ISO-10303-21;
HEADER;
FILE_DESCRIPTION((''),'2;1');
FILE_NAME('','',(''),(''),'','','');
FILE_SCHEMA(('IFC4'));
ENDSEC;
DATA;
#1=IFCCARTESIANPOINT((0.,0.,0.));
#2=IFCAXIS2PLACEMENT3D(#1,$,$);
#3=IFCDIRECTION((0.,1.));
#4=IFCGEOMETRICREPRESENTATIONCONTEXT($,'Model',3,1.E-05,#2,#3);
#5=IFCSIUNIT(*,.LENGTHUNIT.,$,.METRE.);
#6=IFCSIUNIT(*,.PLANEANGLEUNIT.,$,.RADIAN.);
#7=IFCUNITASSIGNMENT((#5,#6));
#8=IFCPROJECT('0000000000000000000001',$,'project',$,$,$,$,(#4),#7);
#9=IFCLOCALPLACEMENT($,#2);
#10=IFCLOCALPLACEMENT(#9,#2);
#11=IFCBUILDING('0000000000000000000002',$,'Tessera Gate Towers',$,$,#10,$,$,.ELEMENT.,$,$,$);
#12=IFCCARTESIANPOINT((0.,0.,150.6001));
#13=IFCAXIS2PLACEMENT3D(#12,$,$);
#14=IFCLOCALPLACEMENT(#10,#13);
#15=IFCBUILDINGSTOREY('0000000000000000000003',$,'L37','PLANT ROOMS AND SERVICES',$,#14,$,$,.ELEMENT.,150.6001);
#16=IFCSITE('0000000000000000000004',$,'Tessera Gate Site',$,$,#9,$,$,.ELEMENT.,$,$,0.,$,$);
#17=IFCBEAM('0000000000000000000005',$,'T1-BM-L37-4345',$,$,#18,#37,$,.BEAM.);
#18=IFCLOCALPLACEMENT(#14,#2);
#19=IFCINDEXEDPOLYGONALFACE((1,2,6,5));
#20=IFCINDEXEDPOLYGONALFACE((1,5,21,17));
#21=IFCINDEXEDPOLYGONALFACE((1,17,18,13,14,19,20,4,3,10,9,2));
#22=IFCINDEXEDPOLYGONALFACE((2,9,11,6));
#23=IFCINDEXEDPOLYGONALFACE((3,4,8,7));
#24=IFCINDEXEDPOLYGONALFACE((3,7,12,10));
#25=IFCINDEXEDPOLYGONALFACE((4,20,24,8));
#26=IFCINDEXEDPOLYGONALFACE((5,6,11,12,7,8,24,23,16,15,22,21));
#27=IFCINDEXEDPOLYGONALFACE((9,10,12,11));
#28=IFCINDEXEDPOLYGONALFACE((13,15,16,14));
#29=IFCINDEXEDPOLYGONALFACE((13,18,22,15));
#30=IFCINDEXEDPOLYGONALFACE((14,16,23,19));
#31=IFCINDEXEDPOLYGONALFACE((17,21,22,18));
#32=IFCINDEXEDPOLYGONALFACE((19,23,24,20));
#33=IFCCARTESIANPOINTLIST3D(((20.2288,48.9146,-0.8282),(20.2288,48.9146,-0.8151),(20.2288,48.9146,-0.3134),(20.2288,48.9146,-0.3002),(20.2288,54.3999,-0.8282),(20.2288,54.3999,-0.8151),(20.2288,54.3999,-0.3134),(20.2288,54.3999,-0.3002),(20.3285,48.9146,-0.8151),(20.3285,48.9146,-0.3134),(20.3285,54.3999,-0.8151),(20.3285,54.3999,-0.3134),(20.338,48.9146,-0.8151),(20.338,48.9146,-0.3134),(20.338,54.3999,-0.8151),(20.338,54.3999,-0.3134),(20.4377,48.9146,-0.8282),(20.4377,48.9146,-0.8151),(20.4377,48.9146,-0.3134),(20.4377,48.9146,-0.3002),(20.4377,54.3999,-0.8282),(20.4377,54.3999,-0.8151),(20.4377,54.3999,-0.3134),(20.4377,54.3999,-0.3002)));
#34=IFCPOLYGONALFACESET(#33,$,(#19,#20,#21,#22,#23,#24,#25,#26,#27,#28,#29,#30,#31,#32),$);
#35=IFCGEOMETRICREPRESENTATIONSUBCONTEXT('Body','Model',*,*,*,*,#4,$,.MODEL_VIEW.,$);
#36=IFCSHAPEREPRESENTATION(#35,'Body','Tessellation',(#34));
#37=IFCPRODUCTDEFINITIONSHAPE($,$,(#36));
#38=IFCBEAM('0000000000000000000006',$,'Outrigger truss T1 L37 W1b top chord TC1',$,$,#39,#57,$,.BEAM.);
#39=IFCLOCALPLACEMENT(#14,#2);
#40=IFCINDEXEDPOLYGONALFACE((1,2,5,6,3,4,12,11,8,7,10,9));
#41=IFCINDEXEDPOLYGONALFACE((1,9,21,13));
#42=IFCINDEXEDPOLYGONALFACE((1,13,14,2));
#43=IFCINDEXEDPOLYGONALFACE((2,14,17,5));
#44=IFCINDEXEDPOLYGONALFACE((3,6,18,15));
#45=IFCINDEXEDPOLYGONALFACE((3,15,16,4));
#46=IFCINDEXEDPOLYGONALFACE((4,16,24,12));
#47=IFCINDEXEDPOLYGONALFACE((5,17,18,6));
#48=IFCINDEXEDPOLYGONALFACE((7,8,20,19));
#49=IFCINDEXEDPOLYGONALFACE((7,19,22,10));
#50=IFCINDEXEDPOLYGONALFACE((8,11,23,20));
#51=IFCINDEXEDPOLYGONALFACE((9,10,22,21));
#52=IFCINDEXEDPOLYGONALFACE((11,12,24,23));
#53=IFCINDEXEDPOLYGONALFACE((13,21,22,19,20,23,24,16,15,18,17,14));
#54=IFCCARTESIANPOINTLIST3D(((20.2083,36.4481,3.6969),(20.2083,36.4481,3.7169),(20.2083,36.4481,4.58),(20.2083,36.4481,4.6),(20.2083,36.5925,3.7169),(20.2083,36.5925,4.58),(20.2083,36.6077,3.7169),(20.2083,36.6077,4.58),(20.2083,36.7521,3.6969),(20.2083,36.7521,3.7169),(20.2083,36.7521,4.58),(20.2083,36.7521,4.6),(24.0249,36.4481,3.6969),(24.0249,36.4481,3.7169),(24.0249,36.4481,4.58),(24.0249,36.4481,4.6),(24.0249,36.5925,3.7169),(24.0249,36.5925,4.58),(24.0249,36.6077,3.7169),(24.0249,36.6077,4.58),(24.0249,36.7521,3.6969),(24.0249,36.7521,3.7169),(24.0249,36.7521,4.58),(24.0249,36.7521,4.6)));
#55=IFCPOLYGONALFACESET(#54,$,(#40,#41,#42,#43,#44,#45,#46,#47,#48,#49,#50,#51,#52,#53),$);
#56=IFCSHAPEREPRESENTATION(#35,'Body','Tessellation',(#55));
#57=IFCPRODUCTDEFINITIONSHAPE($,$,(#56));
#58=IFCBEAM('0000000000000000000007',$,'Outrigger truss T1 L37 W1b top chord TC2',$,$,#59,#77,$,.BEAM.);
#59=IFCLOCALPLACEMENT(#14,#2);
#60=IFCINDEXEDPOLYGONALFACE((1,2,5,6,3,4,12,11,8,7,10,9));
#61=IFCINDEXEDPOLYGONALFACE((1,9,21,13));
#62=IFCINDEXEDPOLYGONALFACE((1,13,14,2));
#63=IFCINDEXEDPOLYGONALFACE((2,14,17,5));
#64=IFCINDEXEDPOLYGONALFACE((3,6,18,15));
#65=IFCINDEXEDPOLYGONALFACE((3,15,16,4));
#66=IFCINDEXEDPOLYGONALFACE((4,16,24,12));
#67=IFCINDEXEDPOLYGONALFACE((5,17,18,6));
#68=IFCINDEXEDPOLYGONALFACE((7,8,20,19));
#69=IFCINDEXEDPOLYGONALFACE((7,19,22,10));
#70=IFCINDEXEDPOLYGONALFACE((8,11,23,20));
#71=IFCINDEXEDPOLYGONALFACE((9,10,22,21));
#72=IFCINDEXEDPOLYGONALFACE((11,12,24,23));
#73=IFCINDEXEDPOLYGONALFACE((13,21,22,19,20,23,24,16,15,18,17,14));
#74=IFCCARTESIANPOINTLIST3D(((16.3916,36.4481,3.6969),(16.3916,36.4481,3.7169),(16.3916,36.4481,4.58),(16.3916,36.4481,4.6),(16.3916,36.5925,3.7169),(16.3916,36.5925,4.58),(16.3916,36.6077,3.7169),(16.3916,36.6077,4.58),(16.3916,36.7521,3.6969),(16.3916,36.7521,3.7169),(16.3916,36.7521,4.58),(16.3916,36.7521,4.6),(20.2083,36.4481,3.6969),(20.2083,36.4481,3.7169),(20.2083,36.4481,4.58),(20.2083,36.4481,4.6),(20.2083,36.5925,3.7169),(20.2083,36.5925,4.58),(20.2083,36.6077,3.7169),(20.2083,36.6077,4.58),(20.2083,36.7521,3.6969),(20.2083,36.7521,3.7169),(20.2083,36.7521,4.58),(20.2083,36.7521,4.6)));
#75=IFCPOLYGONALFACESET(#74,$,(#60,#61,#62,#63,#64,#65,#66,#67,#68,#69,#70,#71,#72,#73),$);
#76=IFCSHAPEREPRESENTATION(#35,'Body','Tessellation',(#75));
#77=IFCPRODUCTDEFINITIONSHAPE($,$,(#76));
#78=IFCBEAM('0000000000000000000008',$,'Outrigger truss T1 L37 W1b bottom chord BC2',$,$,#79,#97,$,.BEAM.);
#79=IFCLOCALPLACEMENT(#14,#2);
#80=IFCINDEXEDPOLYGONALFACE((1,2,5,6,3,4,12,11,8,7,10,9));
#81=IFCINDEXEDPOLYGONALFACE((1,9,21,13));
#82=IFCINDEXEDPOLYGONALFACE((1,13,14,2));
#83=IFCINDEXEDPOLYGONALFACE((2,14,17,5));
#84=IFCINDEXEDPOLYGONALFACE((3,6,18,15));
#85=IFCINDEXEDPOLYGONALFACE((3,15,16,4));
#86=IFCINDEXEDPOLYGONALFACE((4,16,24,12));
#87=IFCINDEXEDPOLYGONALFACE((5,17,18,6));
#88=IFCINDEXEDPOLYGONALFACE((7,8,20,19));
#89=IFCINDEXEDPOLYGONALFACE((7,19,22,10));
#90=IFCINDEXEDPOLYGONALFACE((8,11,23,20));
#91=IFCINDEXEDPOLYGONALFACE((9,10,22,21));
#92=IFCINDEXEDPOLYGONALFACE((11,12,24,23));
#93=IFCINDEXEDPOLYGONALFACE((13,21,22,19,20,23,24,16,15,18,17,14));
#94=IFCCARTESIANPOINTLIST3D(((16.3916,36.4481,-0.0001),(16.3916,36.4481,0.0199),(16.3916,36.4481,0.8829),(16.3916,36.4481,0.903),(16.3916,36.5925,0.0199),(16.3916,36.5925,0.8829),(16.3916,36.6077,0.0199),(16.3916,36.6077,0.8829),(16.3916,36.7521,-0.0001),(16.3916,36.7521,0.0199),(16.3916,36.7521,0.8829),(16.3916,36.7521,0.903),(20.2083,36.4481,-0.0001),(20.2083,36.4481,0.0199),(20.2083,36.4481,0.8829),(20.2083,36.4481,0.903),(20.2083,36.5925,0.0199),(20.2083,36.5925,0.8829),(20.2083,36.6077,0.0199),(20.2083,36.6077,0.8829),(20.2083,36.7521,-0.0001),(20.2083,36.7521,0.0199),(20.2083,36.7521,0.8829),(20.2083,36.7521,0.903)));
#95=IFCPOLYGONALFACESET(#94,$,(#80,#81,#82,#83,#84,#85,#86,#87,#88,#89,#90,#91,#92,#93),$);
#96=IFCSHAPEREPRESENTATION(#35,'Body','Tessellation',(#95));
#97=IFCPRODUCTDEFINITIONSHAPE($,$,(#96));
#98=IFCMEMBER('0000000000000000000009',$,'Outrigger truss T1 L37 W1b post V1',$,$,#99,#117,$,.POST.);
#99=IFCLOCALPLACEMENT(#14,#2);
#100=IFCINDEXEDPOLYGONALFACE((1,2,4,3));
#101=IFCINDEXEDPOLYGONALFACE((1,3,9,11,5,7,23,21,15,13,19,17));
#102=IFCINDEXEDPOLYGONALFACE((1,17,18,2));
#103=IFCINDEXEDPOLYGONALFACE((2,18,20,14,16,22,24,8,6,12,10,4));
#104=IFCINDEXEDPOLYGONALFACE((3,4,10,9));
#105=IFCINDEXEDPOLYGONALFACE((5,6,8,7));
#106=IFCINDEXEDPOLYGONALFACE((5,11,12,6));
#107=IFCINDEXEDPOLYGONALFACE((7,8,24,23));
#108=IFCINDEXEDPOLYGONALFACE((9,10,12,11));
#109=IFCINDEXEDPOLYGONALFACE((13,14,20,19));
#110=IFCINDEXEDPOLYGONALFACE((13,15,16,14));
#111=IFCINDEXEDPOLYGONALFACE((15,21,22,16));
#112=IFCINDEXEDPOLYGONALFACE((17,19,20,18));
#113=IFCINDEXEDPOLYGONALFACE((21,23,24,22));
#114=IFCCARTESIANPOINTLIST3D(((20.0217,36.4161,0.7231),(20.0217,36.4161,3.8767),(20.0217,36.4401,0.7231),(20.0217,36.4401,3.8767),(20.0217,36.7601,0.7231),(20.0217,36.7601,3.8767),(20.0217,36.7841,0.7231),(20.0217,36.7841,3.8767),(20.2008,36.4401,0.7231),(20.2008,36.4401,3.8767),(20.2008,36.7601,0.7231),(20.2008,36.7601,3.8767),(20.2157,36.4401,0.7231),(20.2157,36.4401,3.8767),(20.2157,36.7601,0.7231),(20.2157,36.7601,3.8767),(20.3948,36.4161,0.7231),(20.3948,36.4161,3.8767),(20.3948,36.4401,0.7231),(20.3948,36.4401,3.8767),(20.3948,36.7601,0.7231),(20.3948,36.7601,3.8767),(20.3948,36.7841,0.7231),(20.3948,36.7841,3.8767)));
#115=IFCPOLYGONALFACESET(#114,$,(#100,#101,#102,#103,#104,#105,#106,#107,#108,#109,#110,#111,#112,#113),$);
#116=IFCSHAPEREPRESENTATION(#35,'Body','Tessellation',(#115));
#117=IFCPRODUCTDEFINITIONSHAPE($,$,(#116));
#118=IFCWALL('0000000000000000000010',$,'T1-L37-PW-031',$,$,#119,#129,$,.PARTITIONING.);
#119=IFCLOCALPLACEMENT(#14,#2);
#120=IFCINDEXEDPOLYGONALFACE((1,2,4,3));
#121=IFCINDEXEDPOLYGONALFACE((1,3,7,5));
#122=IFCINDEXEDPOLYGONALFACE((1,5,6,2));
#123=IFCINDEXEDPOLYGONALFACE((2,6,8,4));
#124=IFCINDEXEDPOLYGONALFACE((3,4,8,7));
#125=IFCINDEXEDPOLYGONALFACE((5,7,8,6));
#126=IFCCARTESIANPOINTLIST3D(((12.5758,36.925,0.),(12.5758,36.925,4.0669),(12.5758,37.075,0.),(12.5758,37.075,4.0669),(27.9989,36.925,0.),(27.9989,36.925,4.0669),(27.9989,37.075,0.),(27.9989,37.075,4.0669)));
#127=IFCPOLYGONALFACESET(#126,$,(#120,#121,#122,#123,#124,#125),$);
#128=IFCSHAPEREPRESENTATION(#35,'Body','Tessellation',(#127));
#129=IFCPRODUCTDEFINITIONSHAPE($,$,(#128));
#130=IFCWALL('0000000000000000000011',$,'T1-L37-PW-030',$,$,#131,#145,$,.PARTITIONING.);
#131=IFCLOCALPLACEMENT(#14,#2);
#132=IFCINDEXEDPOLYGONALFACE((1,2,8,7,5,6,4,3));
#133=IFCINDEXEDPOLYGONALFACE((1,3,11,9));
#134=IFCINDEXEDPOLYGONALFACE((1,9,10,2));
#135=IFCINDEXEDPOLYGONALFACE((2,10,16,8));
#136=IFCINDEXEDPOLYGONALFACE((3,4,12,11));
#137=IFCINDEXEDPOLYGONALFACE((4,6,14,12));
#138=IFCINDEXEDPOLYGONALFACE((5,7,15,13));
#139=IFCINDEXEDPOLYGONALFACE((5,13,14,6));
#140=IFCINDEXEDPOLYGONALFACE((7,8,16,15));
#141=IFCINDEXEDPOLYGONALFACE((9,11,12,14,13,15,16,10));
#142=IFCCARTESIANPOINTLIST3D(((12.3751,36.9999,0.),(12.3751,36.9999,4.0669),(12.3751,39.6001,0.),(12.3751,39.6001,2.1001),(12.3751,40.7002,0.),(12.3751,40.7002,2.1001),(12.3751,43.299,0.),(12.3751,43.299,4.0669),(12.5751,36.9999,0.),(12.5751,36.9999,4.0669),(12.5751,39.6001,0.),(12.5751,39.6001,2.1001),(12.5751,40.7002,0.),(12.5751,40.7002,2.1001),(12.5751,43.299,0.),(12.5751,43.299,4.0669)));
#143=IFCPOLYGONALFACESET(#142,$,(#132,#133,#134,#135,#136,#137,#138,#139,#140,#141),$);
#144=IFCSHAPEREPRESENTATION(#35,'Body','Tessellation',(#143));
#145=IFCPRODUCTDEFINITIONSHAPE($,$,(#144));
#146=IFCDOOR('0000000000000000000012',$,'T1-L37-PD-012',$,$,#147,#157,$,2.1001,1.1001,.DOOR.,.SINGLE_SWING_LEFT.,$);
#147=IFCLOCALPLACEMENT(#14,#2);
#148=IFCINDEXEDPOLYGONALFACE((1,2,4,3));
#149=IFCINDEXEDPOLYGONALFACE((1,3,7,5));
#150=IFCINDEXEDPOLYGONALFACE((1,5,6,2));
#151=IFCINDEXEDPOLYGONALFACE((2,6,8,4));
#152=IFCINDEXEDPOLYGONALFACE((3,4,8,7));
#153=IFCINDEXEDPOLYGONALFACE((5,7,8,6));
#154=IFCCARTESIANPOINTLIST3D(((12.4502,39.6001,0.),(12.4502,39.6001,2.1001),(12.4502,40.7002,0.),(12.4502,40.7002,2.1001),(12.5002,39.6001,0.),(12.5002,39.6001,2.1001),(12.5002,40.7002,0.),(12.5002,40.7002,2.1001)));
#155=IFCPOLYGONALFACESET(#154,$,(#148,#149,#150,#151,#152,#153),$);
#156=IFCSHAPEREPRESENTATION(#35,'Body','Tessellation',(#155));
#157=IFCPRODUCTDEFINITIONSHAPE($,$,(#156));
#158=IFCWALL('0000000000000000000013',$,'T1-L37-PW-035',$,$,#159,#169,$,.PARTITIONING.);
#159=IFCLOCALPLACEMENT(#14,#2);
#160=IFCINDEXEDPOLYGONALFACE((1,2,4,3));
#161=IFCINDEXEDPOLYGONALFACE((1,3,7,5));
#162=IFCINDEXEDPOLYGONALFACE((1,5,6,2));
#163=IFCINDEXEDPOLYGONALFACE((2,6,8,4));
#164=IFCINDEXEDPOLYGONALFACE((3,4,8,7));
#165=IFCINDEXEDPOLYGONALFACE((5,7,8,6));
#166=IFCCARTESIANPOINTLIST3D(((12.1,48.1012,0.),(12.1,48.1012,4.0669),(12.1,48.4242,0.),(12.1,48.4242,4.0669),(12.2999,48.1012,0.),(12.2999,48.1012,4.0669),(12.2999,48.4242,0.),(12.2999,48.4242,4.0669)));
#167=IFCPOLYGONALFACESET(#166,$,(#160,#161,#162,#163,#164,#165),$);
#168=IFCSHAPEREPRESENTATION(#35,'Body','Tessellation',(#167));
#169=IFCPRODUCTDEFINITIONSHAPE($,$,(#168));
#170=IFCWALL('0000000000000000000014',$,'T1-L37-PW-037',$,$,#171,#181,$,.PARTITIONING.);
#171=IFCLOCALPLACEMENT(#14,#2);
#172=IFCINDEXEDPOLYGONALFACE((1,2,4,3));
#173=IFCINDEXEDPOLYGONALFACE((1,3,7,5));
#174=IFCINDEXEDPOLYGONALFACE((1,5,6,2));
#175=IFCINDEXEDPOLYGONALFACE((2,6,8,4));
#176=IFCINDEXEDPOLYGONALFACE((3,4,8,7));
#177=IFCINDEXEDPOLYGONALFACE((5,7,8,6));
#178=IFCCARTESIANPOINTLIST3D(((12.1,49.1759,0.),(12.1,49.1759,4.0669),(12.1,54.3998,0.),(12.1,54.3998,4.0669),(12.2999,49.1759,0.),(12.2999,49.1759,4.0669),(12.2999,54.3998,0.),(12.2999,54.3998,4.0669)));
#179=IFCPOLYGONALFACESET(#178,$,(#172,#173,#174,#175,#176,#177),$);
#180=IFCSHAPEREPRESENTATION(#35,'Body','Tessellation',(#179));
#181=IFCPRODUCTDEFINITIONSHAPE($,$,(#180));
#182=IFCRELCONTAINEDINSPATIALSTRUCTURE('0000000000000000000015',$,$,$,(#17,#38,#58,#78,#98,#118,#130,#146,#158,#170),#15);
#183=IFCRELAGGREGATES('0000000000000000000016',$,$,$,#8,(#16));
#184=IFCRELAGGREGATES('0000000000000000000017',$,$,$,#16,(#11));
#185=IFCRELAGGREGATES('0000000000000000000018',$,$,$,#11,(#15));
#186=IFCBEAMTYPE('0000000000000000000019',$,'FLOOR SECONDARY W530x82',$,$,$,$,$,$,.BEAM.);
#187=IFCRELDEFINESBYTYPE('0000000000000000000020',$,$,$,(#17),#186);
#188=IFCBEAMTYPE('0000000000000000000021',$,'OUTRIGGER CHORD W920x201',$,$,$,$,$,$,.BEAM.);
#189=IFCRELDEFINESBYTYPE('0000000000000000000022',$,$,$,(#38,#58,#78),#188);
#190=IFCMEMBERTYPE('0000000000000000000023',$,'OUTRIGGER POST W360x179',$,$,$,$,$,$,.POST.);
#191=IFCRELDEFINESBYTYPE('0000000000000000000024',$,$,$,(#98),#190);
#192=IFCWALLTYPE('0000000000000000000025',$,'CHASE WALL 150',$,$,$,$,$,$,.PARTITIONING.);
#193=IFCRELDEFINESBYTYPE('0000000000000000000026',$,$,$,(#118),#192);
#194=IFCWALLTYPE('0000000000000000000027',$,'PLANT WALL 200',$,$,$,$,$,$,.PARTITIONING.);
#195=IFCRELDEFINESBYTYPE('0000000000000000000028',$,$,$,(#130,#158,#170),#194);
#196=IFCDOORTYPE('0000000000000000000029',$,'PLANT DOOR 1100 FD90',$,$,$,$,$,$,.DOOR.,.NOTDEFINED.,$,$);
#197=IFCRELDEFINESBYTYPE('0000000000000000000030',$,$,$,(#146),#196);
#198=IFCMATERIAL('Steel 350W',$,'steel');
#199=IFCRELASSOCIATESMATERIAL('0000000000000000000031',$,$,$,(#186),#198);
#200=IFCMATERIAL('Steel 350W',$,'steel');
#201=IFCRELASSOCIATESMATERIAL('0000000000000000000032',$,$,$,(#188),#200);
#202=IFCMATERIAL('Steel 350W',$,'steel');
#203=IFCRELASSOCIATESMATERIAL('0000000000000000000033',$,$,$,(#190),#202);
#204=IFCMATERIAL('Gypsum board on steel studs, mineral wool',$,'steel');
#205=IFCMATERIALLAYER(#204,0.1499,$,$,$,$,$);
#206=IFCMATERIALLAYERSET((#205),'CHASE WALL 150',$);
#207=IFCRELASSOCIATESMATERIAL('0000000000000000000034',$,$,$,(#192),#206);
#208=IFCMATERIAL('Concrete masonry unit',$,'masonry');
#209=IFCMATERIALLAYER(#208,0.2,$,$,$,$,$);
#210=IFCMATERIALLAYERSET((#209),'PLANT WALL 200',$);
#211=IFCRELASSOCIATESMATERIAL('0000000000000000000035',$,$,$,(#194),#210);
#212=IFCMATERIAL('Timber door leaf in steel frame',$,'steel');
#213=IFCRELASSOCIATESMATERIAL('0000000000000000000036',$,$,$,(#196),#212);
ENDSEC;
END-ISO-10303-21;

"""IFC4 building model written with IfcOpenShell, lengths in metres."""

from ifc_helpers import new_model, si_unit, direction, frame, frame_2d, origin, origin_2d, place, context, subcontext, project, spatial, rectangle, i_section, extrude, source, transform, mapped, material, layer, layer_set, material_profile, profile_set, type_object, element, fill, save


model = new_model("IFC4")

# Units and contexts
model_context = context("Model", 3, precision=1e-05, world=origin(), true_north=direction((0.0, 1.0)))
body_context = subcontext(model_context, "Body", "Model", "MODEL_VIEW")
ifc_project = project(units=[si_unit("LENGTHUNIT", "METRE"), si_unit("PLANEANGLEUNIT", "RADIAN")], contexts=[model_context])

# Site, building, storey
site_placement = place(None, origin())
site = spatial("IfcSite", under=ifc_project, at=site_placement, Name="Tessera Gate Site", CompositionType="ELEMENT", RefElevation=0.0)
building_placement = place(site_placement, origin())
building = spatial("IfcBuilding", under=site, at=building_placement, Name="Tessera Gate Towers", CompositionType="ELEMENT")
storey_placement = place(building_placement, frame((0.0, 0.0, 150.6001)))
storey = spatial("IfcBuildingStorey", under=building, at=storey_placement, Name="L37", Description="PLANT ROOMS AND SERVICES", CompositionType="ELEMENT", Elevation=150.6001)

# Beams
ifc_material_1 = material(Name="Steel 350W", Category="steel")
ifc_material_profile_1 = material_profile(ifc_material_1, i_section(OverallWidth=0.209, OverallDepth=0.5281, WebThickness=0.0095, FlangeThickness=0.0132, at=origin_2d()), Name="W530x82")
ifc_profile_set_1 = profile_set([ifc_material_profile_1], Name="Steel 350W")
beam_type_1 = type_object("IfcBeamType", Name="FLOOR SECONDARY W530x82", PredefinedType="BEAM", material=ifc_profile_set_1)
beam_1_placement = place(storey_placement, frame((20.3333, 48.9146, -0.5642), z_axis=(0.0, 1.0, 0.0), x_axis=(-1.0, 0.0, 0.0)))
element("IfcBeam", 1, at=beam_1_placement, inside=storey, type_object=beam_type_1, Name="T1-BM-L37-4345", PredefinedType="BEAM", context=body_context, shape_type="SweptSolid", body=[
    extrude(i_section(OverallWidth=0.209, OverallDepth=0.5281, WebThickness=0.0095, FlangeThickness=0.0132, at=origin_2d()), origin(), (0.0, 0.0, 1.0), 5.4854),
])
ifc_material_2 = material(Name="Steel 350W", Category="steel")
ifc_material_profile_2 = material_profile(ifc_material_2, i_section(OverallWidth=0.304, OverallDepth=0.9031, WebThickness=0.0151, FlangeThickness=0.02, at=origin_2d()), Name="W920x201")
ifc_profile_set_2 = profile_set([ifc_material_profile_2], Name="Steel 350W")
beam_type_2 = type_object("IfcBeamType", Name="OUTRIGGER CHORD W920x201", PredefinedType="BEAM", material=ifc_profile_set_2)
for number, where, z_axis, x_axis, name in (
    (2, (24.0249, 36.6001, 4.1484), (-1.0, 0.0, 0.0), (0.0, -1.0, 0.0), "Outrigger truss T1 L37 W1b top chord TC1"),
    (3, (20.2083, 36.6001, 4.1484), (-1.0, 0.0, 0.0), (0.0, -1.0, 0.0), "Outrigger truss T1 L37 W1b top chord TC2"),
    (4, (20.2083, 36.6001, 0.4514), (-1.0, 0.0, 0.0), (0.0, -1.0, 0.0), "Outrigger truss T1 L37 W1b bottom chord BC2"),
):
    element("IfcBeam", number, at=place(storey_placement, frame(where, z_axis=z_axis, x_axis=x_axis)), inside=storey, type_object=beam_type_2, Name=name, PredefinedType="BEAM", context=body_context, shape_type="SweptSolid", body=[
        extrude(i_section(OverallWidth=0.304, OverallDepth=0.9031, WebThickness=0.0151, FlangeThickness=0.02, at=origin_2d()), origin(), (0.0, 0.0, 1.0), 3.8167),
    ])

# Member
ifc_material_3 = material(Name="Steel 350W", Category="steel")
ifc_material_profile_3 = material_profile(ifc_material_3, i_section(OverallWidth=0.373, OverallDepth=0.3679, WebThickness=0.0149, FlangeThickness=0.0239, at=origin_2d()), Name="W360x179")
ifc_profile_set_3 = profile_set([ifc_material_profile_3], Name="Steel 350W")
member_type = type_object("IfcMemberType", Name="OUTRIGGER POST W360x179", PredefinedType="POST", material=ifc_profile_set_3)
member_placement = place(storey_placement, frame((20.2083, 36.6001, 0.7231), z_axis=(0.0, 0.0, 1.0), x_axis=(1.0, 0.0, 0.0)))
element("IfcMember", 5, at=member_placement, inside=storey, type_object=member_type, Name="Outrigger truss T1 L37 W1b post V1", PredefinedType="POST", context=body_context, shape_type="SweptSolid", body=[
    extrude(i_section(OverallWidth=0.373, OverallDepth=0.3679, WebThickness=0.0149, FlangeThickness=0.0239, at=origin_2d()), origin(), (0.0, 0.0, 1.0), 3.1536),
])

# Wall
ifc_material_4 = material(Name="Gypsum board on steel studs, mineral wool", Category="steel")
ifc_layer_1 = layer(ifc_material_4, 0.1499)
ifc_layer_set_1 = layer_set([ifc_layer_1], Name="CHASE WALL 150")
wall_type_1 = type_object("IfcWallType", Name="CHASE WALL 150", PredefinedType="PARTITIONING", material=ifc_layer_set_1)
wall_1_placement = place(storey_placement, frame((12.5759, 37.0, 0.0), z_axis=(0.0, 0.0, 1.0), x_axis=(1.0, 0.0, 0.0)))
element("IfcWall", 6, at=wall_1_placement, inside=storey, type_object=wall_type_1, Name="T1-L37-PW-031", PredefinedType="PARTITIONING", context=body_context, shape_type="SweptSolid", body=[
    extrude(rectangle(XDim=15.4231, YDim=0.1499, at=frame_2d((7.7114, 0.0))), origin(), (0.0, 0.0, 1.0), 4.0669),
])

# Wall, opening, door
ifc_material_5 = material(Name="Concrete masonry unit", Category="masonry")
ifc_layer_2 = layer(ifc_material_5, 0.2)
ifc_layer_set_2 = layer_set([ifc_layer_2], Name="PLANT WALL 200")
wall_type_2 = type_object("IfcWallType", Name="PLANT WALL 200", PredefinedType="PARTITIONING", material=ifc_layer_set_2)
wall_2_placement = place(storey_placement, frame((12.4751, 37.0, 0.0), z_axis=(0.0, 0.0, 1.0), x_axis=(0.0, 1.0, 0.0)))
wall_2 = element("IfcWall", 7, at=wall_2_placement, inside=storey, type_object=wall_type_2, Name="T1-L37-PW-030", PredefinedType="PARTITIONING", context=body_context, shape_type="SweptSolid", body=[
    extrude(rectangle(XDim=6.2991, YDim=0.2, at=frame_2d((3.1494, 0.0))), origin(), (0.0, 0.0, 1.0), 4.0669),
])
shared_shape_1 = source(origin(), body_context, "Body", "SweptSolid", [
    extrude(rectangle(XDim=1.1001, YDim=2.1001, at=frame_2d((0.55, 1.05))), frame((0.0, 0.1099, 0.0), z_axis=(0.0, -1.0, 0.0), x_axis=(1.0, 0.0, 0.0)), (0.0, 0.0, 1.0), 0.22),
])
opening_placement = place(wall_2_placement, frame((2.6001, 0.0, 0.0)))
opening = element("IfcOpeningElement", 8, at=opening_placement, cuts=wall_2, PredefinedType="OPENING", context=body_context, shape_type="MappedRepresentation", body=[
    mapped(shared_shape_1, transform((0.0, 0.0, 0.0), scale=1.0)),
])
ifc_material_6 = material(Name="Timber door leaf in steel frame", Category="steel")
door_type = type_object("IfcDoorType", Name="PLANT DOOR 1100 FD90", OperationType="NOTDEFINED", PredefinedType="DOOR", material=ifc_material_6)
shared_shape_2 = source(origin(), body_context, "Body", "SweptSolid", [
    extrude(rectangle(XDim=1.1001, YDim=2.1001, at=frame_2d((0.55, 1.05))), frame((0.0, 0.0249, 0.0), z_axis=(0.0, -1.0, 0.0), x_axis=(1.0, 0.0, 0.0)), (0.0, 0.0, 1.0), 0.05),
])
door_placement = place(opening_placement, origin())
door = element("IfcDoor", 9, at=door_placement, inside=storey, type_object=door_type, Name="T1-L37-PD-012", OperationType="SINGLE_SWING_LEFT", OverallHeight=2.1001, OverallWidth=1.1001, PredefinedType="DOOR", context=body_context, shape_type="MappedRepresentation", body=[
    mapped(shared_shape_2, transform((0.0, 0.0, 0.0), scale=1.0)),
])
fill(opening, door)

# Walls
wall_3_placement = place(storey_placement, frame((12.2, 48.1011, 0.0), z_axis=(0.0, 0.0, 1.0), x_axis=(0.0, 1.0, 0.0)))
element("IfcWall", 10, at=wall_3_placement, inside=storey, type_object=wall_type_2, Name="T1-L37-PW-035", PredefinedType="PARTITIONING", context=body_context, shape_type="SweptSolid", body=[
    extrude(rectangle(XDim=0.323, YDim=0.2, at=frame_2d((0.1616, 0.0))), origin(), (0.0, 0.0, 1.0), 4.0669),
])
wall_4_placement = place(storey_placement, frame((12.2, 49.176, 0.0), z_axis=(0.0, 0.0, 1.0), x_axis=(0.0, 1.0, 0.0)))
element("IfcWall", 11, at=wall_4_placement, inside=storey, type_object=wall_type_2, Name="T1-L37-PW-037", PredefinedType="PARTITIONING", context=body_context, shape_type="SweptSolid", body=[
    extrude(rectangle(XDim=5.2239, YDim=0.2, at=frame_2d((2.6118, 0.0))), origin(), (0.0, 0.0, 1.0), 4.0669),
])

save(model, "model.ifc")
